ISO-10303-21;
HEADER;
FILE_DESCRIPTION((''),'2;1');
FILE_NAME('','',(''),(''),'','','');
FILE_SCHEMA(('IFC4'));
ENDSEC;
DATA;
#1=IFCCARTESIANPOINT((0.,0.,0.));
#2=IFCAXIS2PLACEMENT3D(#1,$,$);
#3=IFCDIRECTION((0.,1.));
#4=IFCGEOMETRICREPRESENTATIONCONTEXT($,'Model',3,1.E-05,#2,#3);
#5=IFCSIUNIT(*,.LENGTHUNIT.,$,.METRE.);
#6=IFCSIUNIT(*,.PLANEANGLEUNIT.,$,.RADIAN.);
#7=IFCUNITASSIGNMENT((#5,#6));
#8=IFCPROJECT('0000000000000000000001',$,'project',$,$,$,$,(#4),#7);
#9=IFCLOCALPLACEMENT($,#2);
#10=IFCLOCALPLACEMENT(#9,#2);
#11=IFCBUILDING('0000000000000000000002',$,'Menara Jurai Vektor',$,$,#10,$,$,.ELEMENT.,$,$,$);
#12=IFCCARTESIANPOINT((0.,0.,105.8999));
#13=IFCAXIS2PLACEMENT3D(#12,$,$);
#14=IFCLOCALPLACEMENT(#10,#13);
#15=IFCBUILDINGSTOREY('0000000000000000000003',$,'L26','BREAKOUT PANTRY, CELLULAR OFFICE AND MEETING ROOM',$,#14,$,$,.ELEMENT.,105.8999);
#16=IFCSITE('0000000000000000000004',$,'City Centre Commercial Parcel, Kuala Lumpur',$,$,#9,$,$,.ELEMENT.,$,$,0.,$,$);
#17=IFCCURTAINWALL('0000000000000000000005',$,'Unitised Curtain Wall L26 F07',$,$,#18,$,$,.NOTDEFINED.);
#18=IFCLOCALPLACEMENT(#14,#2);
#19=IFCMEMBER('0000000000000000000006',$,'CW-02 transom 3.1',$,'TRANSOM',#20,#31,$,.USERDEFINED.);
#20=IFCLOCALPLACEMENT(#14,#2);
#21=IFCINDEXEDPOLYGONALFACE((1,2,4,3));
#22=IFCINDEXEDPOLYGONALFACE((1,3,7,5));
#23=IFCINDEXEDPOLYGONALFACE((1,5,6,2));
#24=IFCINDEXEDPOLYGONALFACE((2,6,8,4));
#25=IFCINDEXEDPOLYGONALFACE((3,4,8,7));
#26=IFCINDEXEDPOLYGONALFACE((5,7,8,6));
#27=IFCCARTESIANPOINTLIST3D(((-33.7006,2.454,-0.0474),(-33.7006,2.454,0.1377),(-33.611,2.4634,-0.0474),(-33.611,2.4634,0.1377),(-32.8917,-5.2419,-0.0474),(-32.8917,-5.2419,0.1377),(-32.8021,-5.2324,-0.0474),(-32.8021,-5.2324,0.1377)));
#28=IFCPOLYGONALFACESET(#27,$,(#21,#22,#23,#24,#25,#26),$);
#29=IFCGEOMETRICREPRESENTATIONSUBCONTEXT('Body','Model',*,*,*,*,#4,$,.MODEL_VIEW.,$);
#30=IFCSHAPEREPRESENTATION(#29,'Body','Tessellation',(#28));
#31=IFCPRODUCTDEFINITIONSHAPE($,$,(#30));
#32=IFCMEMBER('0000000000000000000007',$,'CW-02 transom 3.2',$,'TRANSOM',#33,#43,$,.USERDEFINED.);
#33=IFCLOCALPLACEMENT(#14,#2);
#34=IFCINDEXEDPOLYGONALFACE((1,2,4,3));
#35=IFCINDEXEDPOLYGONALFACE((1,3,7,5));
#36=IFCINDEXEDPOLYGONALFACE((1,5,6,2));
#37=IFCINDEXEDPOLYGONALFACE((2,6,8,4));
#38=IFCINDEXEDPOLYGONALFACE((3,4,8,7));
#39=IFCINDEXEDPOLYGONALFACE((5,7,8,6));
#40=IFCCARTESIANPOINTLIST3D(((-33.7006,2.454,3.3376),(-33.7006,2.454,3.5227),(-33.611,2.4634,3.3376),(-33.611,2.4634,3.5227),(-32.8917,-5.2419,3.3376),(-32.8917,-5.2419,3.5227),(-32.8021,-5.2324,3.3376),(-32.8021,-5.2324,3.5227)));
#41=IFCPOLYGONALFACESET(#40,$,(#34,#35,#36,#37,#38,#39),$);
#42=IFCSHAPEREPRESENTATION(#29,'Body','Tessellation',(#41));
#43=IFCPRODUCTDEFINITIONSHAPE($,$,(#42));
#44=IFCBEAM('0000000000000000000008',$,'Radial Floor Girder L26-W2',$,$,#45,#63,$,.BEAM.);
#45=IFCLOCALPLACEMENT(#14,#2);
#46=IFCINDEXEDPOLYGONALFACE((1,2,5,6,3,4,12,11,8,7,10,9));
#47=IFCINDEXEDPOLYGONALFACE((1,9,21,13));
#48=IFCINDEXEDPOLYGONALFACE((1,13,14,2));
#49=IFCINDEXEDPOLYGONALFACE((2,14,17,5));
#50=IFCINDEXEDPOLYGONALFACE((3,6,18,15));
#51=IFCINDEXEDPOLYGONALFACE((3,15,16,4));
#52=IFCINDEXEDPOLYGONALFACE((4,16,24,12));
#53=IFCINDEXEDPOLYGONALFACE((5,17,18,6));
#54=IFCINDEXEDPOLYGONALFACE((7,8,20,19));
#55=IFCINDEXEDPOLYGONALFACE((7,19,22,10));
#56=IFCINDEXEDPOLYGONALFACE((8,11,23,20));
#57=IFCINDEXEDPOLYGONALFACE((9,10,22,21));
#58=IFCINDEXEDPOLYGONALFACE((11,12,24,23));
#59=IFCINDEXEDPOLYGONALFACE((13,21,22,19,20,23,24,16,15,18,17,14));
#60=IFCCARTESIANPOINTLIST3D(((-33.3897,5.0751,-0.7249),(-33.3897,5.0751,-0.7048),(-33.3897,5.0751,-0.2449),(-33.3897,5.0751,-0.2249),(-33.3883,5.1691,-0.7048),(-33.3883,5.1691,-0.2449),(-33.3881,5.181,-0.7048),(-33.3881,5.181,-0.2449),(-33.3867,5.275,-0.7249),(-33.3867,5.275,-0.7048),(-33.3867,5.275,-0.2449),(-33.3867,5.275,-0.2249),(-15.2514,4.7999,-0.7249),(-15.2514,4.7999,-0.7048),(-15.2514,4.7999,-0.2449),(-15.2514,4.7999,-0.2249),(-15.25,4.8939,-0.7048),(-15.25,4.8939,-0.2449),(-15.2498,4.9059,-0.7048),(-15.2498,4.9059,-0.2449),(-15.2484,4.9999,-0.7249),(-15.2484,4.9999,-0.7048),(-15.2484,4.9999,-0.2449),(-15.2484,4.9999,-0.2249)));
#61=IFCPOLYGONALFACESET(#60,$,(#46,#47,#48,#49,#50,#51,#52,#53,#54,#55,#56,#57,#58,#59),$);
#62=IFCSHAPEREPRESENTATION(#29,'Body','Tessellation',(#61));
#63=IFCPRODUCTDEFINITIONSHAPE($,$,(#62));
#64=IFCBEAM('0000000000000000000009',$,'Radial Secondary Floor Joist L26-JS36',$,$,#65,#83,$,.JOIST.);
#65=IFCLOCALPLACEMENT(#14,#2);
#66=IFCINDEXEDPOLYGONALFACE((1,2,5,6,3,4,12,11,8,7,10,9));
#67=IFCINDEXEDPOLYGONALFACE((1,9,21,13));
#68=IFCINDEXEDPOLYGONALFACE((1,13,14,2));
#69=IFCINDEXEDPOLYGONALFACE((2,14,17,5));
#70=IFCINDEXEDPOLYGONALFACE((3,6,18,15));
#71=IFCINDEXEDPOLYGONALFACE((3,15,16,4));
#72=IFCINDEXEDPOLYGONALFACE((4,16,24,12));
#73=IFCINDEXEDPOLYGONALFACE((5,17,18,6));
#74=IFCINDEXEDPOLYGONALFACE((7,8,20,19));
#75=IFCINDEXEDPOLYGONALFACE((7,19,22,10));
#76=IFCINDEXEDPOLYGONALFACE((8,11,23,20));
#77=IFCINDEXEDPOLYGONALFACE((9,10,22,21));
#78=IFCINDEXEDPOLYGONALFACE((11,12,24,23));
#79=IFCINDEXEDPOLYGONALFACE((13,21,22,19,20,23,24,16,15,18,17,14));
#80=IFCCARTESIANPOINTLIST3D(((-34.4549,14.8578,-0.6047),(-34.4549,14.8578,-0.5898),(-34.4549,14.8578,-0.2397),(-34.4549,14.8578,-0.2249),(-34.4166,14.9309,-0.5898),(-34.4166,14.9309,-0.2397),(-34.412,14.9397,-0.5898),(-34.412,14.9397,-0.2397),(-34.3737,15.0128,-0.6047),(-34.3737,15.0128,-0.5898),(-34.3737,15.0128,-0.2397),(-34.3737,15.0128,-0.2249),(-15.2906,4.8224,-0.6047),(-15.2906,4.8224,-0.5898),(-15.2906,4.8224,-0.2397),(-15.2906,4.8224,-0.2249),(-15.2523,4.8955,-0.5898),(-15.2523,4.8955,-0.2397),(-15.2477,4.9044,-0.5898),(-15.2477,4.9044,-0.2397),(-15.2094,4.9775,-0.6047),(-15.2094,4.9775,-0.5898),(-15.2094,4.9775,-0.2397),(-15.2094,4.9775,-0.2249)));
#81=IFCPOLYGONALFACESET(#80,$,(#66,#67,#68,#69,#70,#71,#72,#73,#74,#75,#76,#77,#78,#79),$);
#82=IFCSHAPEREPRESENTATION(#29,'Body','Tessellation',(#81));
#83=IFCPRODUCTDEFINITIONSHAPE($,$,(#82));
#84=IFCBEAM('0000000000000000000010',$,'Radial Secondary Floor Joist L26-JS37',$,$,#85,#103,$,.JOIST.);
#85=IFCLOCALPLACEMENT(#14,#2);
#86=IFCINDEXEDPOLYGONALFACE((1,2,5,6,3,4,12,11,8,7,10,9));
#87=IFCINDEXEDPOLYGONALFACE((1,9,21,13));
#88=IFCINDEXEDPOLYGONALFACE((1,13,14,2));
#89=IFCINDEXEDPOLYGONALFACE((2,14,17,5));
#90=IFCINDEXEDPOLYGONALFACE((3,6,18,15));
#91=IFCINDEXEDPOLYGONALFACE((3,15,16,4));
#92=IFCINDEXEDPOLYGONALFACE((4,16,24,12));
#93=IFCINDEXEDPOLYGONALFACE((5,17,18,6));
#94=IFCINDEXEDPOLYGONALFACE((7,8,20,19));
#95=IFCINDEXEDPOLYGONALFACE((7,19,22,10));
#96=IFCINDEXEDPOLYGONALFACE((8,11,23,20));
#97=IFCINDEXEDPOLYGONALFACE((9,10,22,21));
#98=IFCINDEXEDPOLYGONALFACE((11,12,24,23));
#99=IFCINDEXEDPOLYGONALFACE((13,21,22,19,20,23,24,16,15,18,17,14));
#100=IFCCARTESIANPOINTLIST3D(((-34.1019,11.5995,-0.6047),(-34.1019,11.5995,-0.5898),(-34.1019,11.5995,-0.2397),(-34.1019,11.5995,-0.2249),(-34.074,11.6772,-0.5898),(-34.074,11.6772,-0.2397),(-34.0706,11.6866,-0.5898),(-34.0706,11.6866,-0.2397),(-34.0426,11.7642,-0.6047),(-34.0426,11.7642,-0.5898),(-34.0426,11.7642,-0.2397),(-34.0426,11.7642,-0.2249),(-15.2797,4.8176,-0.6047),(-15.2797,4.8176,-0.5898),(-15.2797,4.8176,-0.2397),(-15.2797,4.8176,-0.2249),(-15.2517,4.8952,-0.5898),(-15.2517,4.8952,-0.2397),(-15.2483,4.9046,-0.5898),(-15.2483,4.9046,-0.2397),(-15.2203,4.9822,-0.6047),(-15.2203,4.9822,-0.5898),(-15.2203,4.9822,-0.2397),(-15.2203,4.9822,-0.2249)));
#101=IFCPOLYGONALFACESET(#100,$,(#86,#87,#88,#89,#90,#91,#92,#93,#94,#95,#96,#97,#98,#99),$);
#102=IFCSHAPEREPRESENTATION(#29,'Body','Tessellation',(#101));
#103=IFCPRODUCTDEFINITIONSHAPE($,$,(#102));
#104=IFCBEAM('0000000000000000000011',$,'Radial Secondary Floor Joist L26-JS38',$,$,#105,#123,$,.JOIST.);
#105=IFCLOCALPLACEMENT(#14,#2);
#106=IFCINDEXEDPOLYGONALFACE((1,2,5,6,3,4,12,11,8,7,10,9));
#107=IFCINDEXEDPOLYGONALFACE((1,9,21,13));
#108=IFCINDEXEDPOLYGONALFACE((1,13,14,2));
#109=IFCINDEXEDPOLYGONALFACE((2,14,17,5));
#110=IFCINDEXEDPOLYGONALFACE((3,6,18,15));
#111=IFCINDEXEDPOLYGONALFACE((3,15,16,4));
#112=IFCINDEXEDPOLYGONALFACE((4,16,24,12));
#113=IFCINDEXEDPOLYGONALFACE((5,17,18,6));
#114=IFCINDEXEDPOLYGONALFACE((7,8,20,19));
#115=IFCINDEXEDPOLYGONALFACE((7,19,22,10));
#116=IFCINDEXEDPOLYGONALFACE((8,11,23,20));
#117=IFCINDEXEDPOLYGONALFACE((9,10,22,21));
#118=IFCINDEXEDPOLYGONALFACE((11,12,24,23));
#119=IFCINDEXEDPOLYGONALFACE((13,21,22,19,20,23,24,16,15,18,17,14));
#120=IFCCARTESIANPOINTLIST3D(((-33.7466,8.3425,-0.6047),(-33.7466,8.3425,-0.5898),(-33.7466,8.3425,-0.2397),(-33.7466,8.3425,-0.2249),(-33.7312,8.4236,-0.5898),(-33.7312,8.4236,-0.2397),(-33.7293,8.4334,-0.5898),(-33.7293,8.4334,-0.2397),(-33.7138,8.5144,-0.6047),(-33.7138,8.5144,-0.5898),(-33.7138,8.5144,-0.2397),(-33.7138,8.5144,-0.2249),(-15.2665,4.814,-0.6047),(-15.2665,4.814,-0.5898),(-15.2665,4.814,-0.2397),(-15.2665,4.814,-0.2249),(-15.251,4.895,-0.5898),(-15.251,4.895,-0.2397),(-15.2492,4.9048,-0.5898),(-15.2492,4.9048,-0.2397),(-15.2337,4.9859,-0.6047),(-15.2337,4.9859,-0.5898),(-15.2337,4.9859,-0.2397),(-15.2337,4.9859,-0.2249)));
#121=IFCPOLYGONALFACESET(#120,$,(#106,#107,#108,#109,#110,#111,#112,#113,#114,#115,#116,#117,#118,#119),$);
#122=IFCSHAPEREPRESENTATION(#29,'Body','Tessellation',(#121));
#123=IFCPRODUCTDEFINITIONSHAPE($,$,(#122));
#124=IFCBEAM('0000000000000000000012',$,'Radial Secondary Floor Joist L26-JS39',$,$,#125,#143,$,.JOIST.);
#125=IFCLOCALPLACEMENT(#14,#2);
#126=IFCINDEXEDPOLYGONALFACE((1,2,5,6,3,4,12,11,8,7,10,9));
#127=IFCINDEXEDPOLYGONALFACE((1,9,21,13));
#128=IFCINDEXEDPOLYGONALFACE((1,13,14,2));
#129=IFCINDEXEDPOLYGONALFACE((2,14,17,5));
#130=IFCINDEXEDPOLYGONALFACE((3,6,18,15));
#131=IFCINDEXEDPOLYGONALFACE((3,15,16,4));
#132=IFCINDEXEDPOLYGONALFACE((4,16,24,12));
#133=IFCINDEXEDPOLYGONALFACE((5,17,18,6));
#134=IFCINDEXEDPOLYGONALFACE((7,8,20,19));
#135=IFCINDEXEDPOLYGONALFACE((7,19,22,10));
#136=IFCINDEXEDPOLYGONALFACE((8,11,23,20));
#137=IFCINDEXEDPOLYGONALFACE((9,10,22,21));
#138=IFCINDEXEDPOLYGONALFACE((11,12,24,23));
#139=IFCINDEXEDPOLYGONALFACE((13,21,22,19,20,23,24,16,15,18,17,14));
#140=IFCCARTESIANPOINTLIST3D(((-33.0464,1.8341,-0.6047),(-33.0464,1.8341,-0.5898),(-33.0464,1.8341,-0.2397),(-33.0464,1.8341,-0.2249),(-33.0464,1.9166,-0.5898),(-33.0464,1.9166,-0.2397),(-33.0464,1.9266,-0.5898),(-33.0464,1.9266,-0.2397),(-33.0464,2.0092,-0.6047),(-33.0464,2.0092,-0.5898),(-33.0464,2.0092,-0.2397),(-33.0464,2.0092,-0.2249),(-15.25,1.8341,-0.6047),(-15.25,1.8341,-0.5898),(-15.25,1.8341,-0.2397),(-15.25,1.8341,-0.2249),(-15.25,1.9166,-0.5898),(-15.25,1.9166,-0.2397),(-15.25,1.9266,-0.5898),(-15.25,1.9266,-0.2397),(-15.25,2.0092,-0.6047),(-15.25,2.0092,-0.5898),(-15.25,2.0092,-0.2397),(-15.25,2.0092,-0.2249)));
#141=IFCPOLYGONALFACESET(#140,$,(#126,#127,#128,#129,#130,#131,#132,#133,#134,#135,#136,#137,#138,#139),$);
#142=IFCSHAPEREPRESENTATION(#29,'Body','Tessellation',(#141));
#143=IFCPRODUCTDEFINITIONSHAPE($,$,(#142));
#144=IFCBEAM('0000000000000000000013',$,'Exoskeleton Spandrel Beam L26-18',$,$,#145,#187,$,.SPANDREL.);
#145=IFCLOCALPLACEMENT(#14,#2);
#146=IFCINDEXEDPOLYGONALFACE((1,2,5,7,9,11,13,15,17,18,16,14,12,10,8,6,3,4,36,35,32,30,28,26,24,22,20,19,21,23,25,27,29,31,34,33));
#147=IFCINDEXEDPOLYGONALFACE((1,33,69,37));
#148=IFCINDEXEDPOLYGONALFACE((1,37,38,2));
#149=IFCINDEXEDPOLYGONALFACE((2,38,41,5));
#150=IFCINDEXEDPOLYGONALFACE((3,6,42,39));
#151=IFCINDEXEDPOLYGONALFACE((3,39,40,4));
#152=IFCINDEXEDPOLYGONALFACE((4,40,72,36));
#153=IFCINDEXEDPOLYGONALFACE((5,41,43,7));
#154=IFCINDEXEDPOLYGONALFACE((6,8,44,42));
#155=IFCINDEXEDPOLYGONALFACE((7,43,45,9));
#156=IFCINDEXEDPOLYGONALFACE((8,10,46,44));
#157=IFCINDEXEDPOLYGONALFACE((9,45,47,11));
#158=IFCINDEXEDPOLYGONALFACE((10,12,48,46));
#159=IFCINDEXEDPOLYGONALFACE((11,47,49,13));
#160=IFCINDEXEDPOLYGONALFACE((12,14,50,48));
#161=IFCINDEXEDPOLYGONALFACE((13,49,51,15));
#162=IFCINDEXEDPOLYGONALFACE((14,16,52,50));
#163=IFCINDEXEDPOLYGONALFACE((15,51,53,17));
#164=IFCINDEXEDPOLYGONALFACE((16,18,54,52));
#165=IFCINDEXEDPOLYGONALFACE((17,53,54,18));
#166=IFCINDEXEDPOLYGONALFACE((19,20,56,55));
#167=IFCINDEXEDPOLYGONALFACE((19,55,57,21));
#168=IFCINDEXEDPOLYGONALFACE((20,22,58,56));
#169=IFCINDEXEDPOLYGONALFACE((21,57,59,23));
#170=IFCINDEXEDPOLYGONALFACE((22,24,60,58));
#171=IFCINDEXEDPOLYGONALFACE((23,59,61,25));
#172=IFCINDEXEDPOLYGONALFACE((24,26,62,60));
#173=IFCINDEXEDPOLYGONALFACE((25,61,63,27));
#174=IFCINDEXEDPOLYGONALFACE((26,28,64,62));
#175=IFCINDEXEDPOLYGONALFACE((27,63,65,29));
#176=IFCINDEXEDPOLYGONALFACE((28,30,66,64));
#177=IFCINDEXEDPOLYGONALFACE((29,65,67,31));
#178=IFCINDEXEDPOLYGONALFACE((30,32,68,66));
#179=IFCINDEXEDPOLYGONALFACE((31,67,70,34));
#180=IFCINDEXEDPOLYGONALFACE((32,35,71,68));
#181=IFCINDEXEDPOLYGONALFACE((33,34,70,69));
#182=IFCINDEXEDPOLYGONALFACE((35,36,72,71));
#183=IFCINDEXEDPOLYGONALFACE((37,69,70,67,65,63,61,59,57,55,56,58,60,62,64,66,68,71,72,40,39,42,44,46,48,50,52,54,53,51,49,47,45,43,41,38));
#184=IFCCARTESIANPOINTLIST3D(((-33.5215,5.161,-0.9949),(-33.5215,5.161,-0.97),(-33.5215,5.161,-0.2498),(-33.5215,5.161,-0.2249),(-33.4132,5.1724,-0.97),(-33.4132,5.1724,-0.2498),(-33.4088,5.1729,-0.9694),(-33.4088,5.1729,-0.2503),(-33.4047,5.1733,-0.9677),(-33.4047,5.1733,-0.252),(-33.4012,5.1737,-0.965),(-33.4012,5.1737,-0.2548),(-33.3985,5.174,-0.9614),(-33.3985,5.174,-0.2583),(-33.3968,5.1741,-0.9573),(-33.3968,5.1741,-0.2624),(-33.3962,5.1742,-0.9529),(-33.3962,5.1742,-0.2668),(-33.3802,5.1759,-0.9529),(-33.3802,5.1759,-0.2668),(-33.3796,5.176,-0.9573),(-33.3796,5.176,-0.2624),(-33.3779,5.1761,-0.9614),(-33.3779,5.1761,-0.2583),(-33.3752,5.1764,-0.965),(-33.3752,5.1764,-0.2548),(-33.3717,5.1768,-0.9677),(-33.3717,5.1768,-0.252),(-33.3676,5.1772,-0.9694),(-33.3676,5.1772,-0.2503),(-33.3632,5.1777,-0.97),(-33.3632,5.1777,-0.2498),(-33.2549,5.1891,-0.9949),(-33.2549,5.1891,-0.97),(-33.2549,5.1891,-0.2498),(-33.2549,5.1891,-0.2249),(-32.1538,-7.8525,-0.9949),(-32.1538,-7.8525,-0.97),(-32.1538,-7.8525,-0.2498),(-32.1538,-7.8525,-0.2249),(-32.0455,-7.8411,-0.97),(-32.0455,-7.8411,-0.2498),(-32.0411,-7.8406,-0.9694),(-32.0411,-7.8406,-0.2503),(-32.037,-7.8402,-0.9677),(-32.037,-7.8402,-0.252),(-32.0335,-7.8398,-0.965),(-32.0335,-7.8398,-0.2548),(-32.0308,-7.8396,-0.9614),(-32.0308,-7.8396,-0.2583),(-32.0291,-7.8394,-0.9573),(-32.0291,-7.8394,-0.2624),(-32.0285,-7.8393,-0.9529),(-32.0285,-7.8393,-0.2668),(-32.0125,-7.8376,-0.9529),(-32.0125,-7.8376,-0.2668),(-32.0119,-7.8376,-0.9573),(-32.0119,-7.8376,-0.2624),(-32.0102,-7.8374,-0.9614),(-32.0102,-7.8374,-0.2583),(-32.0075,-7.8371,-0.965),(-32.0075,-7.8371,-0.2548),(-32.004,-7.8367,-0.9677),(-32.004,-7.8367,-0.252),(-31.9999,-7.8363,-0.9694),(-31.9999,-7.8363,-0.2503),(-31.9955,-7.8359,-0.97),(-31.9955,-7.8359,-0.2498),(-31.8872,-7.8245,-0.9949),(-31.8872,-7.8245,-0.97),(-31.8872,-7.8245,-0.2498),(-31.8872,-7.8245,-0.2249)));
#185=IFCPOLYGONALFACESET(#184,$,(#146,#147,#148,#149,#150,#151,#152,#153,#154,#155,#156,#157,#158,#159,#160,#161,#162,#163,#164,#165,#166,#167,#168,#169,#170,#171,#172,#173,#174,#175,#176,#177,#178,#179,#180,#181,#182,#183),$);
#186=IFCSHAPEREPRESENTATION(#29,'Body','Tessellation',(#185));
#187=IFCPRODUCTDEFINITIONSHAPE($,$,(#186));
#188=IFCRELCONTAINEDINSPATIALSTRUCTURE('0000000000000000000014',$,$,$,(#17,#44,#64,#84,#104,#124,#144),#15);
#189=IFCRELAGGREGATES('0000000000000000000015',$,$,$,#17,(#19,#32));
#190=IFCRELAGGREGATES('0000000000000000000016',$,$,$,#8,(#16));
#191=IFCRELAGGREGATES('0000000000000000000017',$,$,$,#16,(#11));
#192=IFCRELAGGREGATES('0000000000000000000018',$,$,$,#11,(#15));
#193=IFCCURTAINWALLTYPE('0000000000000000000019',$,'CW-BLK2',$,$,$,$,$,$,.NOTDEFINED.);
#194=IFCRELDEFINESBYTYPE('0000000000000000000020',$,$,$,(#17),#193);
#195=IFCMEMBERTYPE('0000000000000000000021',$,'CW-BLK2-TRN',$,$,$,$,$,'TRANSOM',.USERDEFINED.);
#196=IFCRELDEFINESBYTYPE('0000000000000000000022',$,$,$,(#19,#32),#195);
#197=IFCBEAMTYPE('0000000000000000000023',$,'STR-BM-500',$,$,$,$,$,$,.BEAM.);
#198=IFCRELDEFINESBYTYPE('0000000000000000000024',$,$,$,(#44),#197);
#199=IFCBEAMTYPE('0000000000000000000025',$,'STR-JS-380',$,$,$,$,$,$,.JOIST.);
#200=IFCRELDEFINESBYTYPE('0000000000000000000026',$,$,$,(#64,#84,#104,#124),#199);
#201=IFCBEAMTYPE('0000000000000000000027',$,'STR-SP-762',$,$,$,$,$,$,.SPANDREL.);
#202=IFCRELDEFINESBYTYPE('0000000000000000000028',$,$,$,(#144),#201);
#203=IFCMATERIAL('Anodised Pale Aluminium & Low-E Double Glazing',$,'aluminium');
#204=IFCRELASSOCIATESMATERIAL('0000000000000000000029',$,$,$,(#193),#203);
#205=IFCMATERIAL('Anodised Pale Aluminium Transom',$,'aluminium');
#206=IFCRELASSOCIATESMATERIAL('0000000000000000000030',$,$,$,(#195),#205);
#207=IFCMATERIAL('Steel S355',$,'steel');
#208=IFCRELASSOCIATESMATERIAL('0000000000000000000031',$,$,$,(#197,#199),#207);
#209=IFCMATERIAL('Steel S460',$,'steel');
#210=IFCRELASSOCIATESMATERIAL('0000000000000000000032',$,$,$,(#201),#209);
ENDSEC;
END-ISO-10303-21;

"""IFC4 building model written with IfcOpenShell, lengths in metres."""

from ifc_helpers import new_model, si_unit, direction, frame, origin, origin_2d, place, context, subcontext, project, spatial, rectangle, i_section, extrude, material, material_profile, profile_set, type_object, element, aggregate, save


model = new_model("IFC4")

# Units and contexts
model_context = context("Model", 3, precision=1e-05, world=origin(), true_north=direction((0.0, 1.0)))
body_context = subcontext(model_context, "Body", "Model", "MODEL_VIEW")
ifc_project = project(units=[si_unit("LENGTHUNIT", "METRE"), si_unit("PLANEANGLEUNIT", "RADIAN")], contexts=[model_context])

# Site, building, storey
site_placement = place(None, origin())
site = spatial("IfcSite", under=ifc_project, at=site_placement, Name="City Centre Commercial Parcel, Kuala Lumpur", CompositionType="ELEMENT", RefElevation=0.0)
building_placement = place(site_placement, origin())
building = spatial("IfcBuilding", under=site, at=building_placement, Name="Menara Jurai Vektor", CompositionType="ELEMENT")
storey_placement = place(building_placement, frame((0.0, 0.0, 105.8999)))
storey = spatial("IfcBuildingStorey", under=building, at=storey_placement, Name="L26", Description="BREAKOUT PANTRY, CELLULAR OFFICE AND MEETING ROOM", CompositionType="ELEMENT", Elevation=105.8999)

# Shared definitions
ifc_material_1 = material(Name="Steel S460", Category="steel")

# Curtain wall, members
ifc_material_2 = material(Name="Anodised Pale Aluminium & Low-E Double Glazing", Category="aluminium")
curtain_wall_type = type_object("IfcCurtainWallType", Name="CW-BLK2", PredefinedType="NOTDEFINED", material=ifc_material_2)
curtain_wall_placement = place(storey_placement, origin())
curtain_wall = element("IfcCurtainWall", 1, at=curtain_wall_placement, inside=storey, type_object=curtain_wall_type, Name="Unitised Curtain Wall L26 F07", PredefinedType="NOTDEFINED")
ifc_material_3 = material(Name="Anodised Pale Aluminium Transom", Category="aluminium")
ifc_material_profile_1 = material_profile(ifc_material_3, rectangle(XDim=0.0901, YDim=0.1851, at=origin_2d()), Name="ALU TRN 90x185")
ifc_profile_set_1 = profile_set([ifc_material_profile_1], Name="Anodised Pale Aluminium Transom")
member_type_1 = type_object("IfcMemberType", Name="CW-BLK2-TRN", ElementType="TRANSOM", PredefinedType="USERDEFINED", material=ifc_profile_set_1)
member_1_placement = place(storey_placement, frame((-33.6558, 2.4587, 0.0452), z_axis=(0.104525, -0.994522, 0.0), x_axis=(0.994522, 0.104525, 0.0)))
member_1 = element("IfcMember", 2, at=member_1_placement, type_object=member_type_1, Name="CW-02 transom 3.1", ObjectType="TRANSOM", PredefinedType="USERDEFINED", context=body_context, shape_type="SweptSolid", body=[
    extrude(rectangle(XDim=0.0901, YDim=0.1851, at=origin_2d()), origin(), (0.0, 0.0, 1.0), 7.7383),
])
member_2_placement = place(storey_placement, frame((-33.6558, 2.4587, 3.4302), z_axis=(0.104525, -0.994522, 0.0), x_axis=(0.994522, 0.104525, 0.0)))
member_2 = element("IfcMember", 3, at=member_2_placement, type_object=member_type_1, Name="CW-02 transom 3.2", ObjectType="TRANSOM", PredefinedType="USERDEFINED", context=body_context, shape_type="SweptSolid", body=[
    extrude(rectangle(XDim=0.0901, YDim=0.1851, at=origin_2d()), origin(), (0.0, 0.0, 1.0), 7.7383),
])

# Beams
ifc_material_4 = material(Name="Steel S355", Category="steel")
ifc_material_profile_2 = material_profile(ifc_material_4, i_section(OverallWidth=0.2, OverallDepth=0.5, WebThickness=0.012, FlangeThickness=0.02, at=origin_2d()), Name="PG 500x200x96")
ifc_profile_set_2 = profile_set([ifc_material_profile_2], Name="Steel S355")
beam_type_1 = type_object("IfcBeamType", Name="STR-BM-500", PredefinedType="BEAM", material=ifc_profile_set_2)
beam_1_placement = place(storey_placement, frame((-33.3882, 5.175, -0.4749), z_axis=(0.999885, -0.015168, 0.0), x_axis=(0.015168, 0.999885, 0.0)))
element("IfcBeam", 4, at=beam_1_placement, inside=storey, type_object=beam_type_1, Name="Radial Floor Girder L26-W2", PredefinedType="BEAM", context=body_context, shape_type="SweptSolid", body=[
    extrude(i_section(OverallWidth=0.2, OverallDepth=0.5, WebThickness=0.012, FlangeThickness=0.02, at=origin_2d()), origin(), (0.0, 0.0, 1.0), 18.1404),
])
ifc_material_profile_3 = material_profile(ifc_material_4, i_section(OverallWidth=0.175, OverallDepth=0.3799, WebThickness=0.01, FlangeThickness=0.0149, at=origin_2d()), Name="PG 380x175x58")
ifc_profile_set_3 = profile_set([ifc_material_profile_3], Name="Steel S355")
beam_type_2 = type_object("IfcBeamType", Name="STR-JS-380", PredefinedType="JOIST", material=ifc_profile_set_3)
beam_2_placement = place(storey_placement, frame((-34.4143, 14.9353, -0.4148), z_axis=(0.885889, -0.463897, 0.0), x_axis=(0.463897, 0.885889, 0.0)))
element("IfcBeam", 5, at=beam_2_placement, inside=storey, type_object=beam_type_2, Name="Radial Secondary Floor Joist L26-JS36", PredefinedType="JOIST", context=body_context, shape_type="SweptSolid", body=[
    extrude(i_section(OverallWidth=0.175, OverallDepth=0.3799, WebThickness=0.01, FlangeThickness=0.0149, at=origin_2d()), origin(), (0.0, 0.0, 1.0), 21.6328),
])
beam_3_placement = place(storey_placement, frame((-34.0723, 11.6819, -0.4148), z_axis=(0.940792, -0.338983, 0.0), x_axis=(0.338983, 0.940792, 0.0)))
element("IfcBeam", 6, at=beam_3_placement, inside=storey, type_object=beam_type_2, Name="Radial Secondary Floor Joist L26-JS37", PredefinedType="JOIST", context=body_context, shape_type="SweptSolid", body=[
    extrude(i_section(OverallWidth=0.175, OverallDepth=0.3799, WebThickness=0.01, FlangeThickness=0.0149, at=origin_2d()), origin(), (0.0, 0.0, 1.0), 20.0068),
])
beam_4_placement = place(storey_placement, frame((-33.7302, 8.4285, -0.4148), z_axis=(0.982255, -0.187549, 0.0), x_axis=(0.187549, 0.982255, 0.0)))
element("IfcBeam", 7, at=beam_4_placement, inside=storey, type_object=beam_type_2, Name="Radial Secondary Floor Joist L26-JS38", PredefinedType="JOIST", context=body_context, shape_type="SweptSolid", body=[
    extrude(i_section(OverallWidth=0.175, OverallDepth=0.3799, WebThickness=0.01, FlangeThickness=0.0149, at=origin_2d()), origin(), (0.0, 0.0, 1.0), 18.814),
])
beam_5_placement = place(storey_placement, frame((-33.0464, 1.9216, -0.4148), z_axis=(1.0, 0.0, 0.0), x_axis=(0.0, 1.0, 0.0)))
element("IfcBeam", 8, at=beam_5_placement, inside=storey, type_object=beam_type_2, Name="Radial Secondary Floor Joist L26-JS39", PredefinedType="JOIST", context=body_context, shape_type="SweptSolid", body=[
    extrude(i_section(OverallWidth=0.175, OverallDepth=0.3799, WebThickness=0.01, FlangeThickness=0.0149, at=origin_2d()), origin(), (0.0, 0.0, 1.0), 17.7964),
])
ifc_material_profile_4 = material_profile(ifc_material_1, i_section(OverallWidth=0.2681, OverallDepth=0.77, WebThickness=0.0161, FlangeThickness=0.0249, FilletRadius=0.0171, at=origin_2d()), Name="UKB 762x267x197")
ifc_profile_set_4 = profile_set([ifc_material_profile_4], Name="Steel S460")
beam_type_3 = type_object("IfcBeamType", Name="STR-SP-762", PredefinedType="SPANDREL", material=ifc_profile_set_4)
beam_6_placement = place(storey_placement, frame((-33.3882, 5.175, -0.6099), z_axis=(0.104522, -0.994523, 0.0), x_axis=(0.994523, 0.104522, 0.0)))
element("IfcBeam", 9, at=beam_6_placement, inside=storey, type_object=beam_type_3, Name="Exoskeleton Spandrel Beam L26-18", PredefinedType="SPANDREL", context=body_context, shape_type="SweptSolid", body=[
    extrude(i_section(OverallWidth=0.2681, OverallDepth=0.77, WebThickness=0.0161, FlangeThickness=0.0249, FilletRadius=0.0171, at=origin_2d()), origin(), (0.0, 0.0, 1.0), 13.0852),
])

aggregate(curtain_wall, [member_1, member_2])

save(model, "model.ifc")
